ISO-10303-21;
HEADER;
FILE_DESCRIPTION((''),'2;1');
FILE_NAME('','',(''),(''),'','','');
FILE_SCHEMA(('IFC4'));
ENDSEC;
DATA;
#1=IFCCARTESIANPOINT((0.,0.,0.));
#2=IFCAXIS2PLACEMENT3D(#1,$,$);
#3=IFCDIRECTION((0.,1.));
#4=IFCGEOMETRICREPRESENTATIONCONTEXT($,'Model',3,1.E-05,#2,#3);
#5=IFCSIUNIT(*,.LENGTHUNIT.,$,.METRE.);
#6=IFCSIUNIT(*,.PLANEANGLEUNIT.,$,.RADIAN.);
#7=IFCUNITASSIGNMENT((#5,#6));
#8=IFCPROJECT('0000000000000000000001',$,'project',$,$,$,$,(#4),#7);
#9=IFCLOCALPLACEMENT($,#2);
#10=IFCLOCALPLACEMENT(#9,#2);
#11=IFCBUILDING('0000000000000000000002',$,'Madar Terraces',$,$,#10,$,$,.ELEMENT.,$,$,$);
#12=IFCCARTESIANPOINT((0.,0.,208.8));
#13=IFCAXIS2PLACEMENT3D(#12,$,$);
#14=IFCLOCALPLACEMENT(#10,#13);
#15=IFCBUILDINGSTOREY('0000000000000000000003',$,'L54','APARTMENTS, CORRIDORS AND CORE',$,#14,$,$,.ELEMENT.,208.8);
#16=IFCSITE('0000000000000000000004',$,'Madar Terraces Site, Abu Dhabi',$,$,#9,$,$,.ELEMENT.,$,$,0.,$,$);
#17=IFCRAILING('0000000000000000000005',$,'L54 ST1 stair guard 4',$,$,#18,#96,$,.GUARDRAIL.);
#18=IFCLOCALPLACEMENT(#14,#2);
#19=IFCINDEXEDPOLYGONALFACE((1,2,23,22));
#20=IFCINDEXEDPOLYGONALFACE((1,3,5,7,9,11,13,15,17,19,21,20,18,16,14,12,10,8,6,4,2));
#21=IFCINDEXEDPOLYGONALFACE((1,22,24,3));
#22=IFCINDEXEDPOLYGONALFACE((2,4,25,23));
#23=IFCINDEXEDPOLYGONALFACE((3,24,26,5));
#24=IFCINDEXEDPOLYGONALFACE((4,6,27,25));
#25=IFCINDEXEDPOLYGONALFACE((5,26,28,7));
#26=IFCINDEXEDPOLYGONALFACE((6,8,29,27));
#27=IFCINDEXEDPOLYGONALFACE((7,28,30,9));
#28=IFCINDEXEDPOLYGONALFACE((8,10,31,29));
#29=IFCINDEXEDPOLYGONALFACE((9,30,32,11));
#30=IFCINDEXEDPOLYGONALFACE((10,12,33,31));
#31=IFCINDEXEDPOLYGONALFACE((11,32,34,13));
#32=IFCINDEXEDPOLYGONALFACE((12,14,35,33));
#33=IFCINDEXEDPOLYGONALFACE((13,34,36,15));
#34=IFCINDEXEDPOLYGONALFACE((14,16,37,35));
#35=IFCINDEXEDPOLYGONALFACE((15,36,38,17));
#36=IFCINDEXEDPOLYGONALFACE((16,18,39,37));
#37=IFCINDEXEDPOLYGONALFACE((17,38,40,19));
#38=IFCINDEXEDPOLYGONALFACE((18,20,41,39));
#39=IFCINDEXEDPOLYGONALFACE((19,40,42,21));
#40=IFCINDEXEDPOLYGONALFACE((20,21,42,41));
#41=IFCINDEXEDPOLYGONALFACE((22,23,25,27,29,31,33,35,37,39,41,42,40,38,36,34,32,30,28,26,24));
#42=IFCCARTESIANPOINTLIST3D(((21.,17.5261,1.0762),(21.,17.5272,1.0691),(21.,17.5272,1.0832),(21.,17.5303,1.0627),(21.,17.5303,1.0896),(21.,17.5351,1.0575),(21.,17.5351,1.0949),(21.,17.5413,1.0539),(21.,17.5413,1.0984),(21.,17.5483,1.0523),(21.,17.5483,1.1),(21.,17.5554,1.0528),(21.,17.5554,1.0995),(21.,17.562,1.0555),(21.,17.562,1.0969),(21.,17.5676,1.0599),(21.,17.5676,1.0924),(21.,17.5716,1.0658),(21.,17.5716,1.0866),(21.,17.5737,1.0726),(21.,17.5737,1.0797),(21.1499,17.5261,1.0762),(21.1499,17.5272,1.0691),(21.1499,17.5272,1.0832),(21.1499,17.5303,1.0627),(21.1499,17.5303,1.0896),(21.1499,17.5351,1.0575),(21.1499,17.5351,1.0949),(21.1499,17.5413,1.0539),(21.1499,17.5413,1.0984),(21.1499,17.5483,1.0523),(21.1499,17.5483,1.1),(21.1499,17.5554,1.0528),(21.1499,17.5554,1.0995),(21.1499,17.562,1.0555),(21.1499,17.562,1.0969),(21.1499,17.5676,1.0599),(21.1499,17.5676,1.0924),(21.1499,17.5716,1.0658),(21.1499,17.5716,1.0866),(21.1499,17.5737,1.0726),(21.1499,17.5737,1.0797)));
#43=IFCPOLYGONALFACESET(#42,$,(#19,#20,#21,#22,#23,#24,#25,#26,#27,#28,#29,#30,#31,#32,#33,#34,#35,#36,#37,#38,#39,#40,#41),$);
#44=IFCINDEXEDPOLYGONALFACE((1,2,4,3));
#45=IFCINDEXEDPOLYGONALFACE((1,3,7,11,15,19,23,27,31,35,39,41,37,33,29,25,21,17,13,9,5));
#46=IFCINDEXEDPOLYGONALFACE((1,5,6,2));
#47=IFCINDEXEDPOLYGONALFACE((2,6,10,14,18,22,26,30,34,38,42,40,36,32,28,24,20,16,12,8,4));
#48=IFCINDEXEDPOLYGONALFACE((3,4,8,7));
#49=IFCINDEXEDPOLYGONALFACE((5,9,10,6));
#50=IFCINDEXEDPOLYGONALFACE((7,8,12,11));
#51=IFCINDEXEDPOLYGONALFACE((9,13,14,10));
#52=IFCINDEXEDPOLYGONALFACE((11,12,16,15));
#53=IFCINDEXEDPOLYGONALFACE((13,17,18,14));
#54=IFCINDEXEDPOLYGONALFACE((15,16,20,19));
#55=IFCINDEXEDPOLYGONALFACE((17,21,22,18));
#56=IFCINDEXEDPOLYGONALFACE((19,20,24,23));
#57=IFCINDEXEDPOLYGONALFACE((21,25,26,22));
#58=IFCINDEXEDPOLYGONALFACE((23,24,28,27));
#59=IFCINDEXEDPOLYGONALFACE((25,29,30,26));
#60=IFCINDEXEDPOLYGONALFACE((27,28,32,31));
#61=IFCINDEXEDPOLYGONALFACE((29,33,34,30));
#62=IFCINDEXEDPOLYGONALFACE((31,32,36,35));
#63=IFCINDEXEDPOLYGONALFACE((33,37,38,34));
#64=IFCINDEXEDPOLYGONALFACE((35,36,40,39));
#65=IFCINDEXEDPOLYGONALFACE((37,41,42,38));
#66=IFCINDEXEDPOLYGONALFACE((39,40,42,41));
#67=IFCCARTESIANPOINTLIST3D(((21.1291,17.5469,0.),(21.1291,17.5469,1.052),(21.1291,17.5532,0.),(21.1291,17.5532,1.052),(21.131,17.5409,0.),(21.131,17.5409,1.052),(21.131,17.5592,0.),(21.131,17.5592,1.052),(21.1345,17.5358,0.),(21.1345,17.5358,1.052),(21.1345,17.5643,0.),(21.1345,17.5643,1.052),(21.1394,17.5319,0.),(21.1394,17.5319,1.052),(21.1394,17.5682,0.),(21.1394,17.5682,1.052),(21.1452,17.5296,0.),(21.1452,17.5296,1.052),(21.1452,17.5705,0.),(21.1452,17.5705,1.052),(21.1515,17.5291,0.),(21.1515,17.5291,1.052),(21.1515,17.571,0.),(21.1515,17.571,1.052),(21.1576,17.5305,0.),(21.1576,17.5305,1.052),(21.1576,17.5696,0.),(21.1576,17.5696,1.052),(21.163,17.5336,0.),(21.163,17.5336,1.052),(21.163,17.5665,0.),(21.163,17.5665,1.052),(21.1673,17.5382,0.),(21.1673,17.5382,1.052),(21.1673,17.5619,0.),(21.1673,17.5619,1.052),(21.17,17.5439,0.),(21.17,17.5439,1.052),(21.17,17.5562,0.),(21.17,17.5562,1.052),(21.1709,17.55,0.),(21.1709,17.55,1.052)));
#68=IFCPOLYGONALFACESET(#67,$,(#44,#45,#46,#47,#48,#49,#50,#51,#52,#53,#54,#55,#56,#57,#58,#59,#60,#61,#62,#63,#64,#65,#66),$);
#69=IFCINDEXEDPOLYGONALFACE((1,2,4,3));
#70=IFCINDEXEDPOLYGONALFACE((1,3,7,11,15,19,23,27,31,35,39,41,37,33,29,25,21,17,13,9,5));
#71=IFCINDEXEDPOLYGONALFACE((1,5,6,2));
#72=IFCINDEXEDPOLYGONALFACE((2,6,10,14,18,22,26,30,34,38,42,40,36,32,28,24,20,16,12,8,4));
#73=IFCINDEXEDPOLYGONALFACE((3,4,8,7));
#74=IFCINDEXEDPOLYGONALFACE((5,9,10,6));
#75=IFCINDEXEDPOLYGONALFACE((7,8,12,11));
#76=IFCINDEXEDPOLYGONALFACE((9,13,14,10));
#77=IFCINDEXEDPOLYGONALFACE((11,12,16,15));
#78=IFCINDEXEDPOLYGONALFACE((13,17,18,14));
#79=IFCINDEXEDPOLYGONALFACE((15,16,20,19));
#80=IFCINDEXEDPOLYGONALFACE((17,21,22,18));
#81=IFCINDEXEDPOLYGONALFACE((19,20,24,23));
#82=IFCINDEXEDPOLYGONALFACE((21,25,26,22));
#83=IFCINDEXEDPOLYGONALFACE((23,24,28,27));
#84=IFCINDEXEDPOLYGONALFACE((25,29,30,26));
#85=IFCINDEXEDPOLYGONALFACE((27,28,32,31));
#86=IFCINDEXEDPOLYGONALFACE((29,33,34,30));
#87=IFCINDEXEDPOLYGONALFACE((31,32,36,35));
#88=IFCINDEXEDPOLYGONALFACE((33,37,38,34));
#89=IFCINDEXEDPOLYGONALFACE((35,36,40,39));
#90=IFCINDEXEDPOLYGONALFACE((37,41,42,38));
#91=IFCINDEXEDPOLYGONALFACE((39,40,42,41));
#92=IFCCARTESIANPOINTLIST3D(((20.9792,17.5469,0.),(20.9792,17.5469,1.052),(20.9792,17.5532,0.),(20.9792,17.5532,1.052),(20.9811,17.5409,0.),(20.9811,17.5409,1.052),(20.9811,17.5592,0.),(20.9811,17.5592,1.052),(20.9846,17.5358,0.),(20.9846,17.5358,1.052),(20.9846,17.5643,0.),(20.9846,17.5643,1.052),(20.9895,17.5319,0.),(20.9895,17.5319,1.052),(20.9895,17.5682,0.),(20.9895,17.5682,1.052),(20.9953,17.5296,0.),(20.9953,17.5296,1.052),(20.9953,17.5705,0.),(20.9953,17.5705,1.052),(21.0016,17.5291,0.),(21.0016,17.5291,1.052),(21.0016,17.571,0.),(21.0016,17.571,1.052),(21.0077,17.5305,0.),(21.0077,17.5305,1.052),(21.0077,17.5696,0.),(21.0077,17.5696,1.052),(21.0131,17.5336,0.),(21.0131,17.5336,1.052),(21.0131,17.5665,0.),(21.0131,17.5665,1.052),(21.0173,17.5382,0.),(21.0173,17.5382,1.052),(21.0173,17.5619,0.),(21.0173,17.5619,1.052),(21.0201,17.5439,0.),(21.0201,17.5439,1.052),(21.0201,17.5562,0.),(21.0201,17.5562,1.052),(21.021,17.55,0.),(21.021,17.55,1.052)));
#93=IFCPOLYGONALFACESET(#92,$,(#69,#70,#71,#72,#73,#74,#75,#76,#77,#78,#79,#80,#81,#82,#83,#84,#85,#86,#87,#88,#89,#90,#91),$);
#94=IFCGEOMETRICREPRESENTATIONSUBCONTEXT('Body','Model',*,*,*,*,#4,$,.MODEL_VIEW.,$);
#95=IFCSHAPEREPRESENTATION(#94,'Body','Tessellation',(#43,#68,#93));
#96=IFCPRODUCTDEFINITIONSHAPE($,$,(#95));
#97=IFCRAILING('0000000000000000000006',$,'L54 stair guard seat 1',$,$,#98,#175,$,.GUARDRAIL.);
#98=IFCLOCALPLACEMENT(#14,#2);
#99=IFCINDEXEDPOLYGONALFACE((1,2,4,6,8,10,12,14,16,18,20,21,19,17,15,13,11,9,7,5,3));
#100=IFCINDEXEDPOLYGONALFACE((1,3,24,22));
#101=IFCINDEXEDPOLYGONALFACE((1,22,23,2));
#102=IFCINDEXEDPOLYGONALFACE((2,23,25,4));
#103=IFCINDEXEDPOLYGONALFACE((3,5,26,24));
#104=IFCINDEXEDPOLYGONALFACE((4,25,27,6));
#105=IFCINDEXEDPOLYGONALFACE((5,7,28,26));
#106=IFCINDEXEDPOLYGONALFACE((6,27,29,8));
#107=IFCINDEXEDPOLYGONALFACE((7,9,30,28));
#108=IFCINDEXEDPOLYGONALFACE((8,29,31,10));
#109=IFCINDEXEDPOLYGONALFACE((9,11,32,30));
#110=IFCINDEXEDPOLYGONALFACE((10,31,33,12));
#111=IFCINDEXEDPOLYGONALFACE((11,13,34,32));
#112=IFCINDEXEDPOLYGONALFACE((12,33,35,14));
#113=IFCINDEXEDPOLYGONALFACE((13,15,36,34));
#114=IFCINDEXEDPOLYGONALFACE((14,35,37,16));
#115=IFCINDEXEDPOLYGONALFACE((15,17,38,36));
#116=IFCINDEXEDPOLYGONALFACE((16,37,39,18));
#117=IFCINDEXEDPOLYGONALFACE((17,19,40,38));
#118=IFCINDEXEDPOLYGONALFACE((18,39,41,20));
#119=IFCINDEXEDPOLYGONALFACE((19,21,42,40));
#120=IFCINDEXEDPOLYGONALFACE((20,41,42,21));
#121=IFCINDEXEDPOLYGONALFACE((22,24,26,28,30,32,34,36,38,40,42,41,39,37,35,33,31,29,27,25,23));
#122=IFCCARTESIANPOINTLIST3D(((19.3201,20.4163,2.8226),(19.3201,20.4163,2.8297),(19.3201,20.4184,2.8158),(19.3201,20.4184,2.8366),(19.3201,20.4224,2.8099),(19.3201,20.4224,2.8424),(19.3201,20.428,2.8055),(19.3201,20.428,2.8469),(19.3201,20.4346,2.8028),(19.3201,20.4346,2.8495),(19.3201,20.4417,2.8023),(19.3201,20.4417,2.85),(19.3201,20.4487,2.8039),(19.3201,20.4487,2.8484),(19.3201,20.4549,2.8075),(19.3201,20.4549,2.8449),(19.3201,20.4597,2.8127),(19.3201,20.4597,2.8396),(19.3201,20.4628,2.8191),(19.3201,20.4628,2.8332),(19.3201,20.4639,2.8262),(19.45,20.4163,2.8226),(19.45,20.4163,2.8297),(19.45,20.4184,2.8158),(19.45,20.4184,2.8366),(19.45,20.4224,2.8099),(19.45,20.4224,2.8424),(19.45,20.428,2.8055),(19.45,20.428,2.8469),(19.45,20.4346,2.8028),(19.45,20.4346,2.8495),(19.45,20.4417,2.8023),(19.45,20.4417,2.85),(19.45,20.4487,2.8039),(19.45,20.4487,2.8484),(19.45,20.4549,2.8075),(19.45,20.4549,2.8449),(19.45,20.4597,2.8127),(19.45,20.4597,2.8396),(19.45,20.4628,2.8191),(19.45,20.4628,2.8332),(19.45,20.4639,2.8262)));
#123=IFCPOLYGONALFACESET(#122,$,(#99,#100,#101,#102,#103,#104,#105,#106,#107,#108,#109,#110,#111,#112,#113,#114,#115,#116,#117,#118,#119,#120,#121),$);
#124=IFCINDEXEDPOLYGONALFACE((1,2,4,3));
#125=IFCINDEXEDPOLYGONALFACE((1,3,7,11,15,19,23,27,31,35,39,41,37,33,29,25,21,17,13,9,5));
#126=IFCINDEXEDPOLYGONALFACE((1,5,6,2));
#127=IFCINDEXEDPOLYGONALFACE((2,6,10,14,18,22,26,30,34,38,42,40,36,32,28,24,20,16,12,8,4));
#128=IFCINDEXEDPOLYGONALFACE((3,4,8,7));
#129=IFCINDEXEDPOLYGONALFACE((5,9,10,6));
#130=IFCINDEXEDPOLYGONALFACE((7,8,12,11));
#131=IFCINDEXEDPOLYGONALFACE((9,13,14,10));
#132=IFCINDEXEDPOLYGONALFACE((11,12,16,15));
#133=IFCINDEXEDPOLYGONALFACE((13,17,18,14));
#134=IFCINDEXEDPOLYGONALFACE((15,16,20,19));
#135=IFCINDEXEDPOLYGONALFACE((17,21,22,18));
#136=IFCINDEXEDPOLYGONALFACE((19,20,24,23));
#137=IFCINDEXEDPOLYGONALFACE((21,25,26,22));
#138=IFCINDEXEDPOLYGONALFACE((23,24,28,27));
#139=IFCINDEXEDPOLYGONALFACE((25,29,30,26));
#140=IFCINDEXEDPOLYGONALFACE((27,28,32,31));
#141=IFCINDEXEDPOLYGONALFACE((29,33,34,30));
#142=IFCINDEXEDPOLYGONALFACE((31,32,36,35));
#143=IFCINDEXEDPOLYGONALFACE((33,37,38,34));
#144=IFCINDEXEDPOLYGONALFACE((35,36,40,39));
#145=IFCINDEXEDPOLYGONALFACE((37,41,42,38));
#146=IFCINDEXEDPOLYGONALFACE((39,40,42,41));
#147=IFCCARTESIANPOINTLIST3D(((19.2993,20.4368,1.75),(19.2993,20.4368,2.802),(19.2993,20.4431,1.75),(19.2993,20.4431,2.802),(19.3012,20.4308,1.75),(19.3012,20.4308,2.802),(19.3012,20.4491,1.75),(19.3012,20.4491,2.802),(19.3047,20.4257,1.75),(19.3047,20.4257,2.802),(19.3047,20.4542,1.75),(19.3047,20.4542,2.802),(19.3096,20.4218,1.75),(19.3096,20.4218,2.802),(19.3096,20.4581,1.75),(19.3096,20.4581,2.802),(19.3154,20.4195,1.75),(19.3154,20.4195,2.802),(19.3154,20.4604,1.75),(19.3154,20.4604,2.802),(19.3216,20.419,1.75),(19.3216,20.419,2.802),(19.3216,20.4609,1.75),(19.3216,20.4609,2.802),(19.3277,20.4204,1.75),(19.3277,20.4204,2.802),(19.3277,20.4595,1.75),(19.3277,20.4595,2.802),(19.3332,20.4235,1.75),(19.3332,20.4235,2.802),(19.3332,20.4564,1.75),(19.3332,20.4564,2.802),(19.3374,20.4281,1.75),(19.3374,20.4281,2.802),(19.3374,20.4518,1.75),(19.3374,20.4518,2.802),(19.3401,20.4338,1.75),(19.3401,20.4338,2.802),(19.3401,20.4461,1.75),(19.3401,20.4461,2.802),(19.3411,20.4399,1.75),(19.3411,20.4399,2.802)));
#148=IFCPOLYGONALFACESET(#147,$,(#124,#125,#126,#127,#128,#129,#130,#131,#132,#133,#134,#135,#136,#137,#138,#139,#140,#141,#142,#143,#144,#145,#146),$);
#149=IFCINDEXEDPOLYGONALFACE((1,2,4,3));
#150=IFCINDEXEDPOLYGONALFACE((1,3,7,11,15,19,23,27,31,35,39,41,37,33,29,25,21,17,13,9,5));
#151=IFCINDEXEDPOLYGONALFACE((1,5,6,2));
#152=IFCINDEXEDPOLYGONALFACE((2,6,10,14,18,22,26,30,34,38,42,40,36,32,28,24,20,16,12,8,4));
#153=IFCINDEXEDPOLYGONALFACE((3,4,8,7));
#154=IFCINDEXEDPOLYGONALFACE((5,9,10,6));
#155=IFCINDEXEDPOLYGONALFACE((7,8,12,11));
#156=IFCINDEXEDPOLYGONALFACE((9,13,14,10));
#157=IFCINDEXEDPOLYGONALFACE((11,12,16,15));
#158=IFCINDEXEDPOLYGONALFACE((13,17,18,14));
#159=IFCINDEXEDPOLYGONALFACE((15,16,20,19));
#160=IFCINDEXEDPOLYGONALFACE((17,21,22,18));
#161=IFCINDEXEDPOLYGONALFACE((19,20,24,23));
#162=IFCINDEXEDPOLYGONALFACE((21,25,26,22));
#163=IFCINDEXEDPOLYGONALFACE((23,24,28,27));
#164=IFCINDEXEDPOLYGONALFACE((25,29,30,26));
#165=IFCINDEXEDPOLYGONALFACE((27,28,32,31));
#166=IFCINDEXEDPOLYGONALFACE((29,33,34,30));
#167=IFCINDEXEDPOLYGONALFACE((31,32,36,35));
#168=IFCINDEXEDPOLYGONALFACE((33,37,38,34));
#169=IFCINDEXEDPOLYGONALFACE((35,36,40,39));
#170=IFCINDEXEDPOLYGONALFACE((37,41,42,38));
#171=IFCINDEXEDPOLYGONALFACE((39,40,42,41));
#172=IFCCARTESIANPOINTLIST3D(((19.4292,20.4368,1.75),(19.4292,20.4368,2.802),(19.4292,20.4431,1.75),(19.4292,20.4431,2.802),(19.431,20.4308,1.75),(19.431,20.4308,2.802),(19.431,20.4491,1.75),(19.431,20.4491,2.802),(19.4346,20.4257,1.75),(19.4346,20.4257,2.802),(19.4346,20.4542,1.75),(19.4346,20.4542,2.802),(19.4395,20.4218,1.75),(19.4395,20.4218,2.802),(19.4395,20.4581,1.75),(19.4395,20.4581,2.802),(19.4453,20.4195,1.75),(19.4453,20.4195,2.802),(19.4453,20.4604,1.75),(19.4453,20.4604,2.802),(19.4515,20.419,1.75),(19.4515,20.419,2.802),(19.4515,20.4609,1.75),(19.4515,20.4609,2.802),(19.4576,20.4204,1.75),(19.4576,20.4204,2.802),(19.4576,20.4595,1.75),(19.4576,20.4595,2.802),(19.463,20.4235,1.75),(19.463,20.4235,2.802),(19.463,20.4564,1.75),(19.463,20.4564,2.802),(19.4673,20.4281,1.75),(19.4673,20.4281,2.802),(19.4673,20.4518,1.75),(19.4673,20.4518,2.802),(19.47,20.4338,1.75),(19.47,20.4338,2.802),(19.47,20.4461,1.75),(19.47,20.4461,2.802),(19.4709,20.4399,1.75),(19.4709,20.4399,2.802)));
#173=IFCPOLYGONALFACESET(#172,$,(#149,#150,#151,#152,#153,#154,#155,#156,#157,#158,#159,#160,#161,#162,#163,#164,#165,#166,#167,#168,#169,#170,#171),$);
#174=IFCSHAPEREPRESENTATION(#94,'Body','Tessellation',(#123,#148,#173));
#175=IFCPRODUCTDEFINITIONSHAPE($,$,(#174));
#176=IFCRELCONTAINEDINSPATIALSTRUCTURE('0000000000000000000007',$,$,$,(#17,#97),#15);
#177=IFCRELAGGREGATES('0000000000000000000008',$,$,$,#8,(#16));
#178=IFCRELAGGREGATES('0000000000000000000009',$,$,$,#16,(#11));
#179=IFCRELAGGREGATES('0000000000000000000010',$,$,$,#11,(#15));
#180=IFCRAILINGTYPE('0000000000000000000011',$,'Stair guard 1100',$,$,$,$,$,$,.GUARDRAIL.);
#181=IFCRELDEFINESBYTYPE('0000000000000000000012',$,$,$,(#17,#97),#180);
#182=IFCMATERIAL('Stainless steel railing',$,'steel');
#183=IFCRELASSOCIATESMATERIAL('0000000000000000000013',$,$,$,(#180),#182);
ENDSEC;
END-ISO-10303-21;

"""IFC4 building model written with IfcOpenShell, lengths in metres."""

from ifc_helpers import new_model, si_unit, direction, frame, origin, origin_2d, place, context, subcontext, project, spatial, circle, extrude, material, type_object, element, save


model = new_model("IFC4")

# Units and contexts
model_context = context("Model", 3, precision=1e-05, world=origin(), true_north=direction((0.0, 1.0)))
body_context = subcontext(model_context, "Body", "Model", "MODEL_VIEW")
ifc_project = project(units=[si_unit("LENGTHUNIT", "METRE"), si_unit("PLANEANGLEUNIT", "RADIAN")], contexts=[model_context])

# Site, building, storey
site_placement = place(None, origin())
site = spatial("IfcSite", under=ifc_project, at=site_placement, Name="Madar Terraces Site, Abu Dhabi", CompositionType="ELEMENT", RefElevation=0.0)
building_placement = place(site_placement, origin())
building = spatial("IfcBuilding", under=site, at=building_placement, Name="Madar Terraces", CompositionType="ELEMENT")
storey_placement = place(building_placement, frame((0.0, 0.0, 208.8)))
storey = spatial("IfcBuildingStorey", under=building, at=storey_placement, Name="L54", Description="APARTMENTS, CORRIDORS AND CORE", CompositionType="ELEMENT", Elevation=208.8)

# Railings
ifc_material_1 = material(Name="Stainless steel railing", Category="steel")
railing_type_1 = type_object("IfcRailingType", Name="Stair guard 1100", PredefinedType="GUARDRAIL", material=ifc_material_1)
railing_1_placement = place(storey_placement, frame((21.1499, 17.55, 0.0)))
element("IfcRailing", 1, at=railing_1_placement, inside=storey, type_object=railing_type_1, Name="L54 ST1 stair guard 4", PredefinedType="GUARDRAIL", context=body_context, shape_type="SweptSolid", body=[
    extrude(circle(Radius=0.0239, at=origin_2d()), frame((0.0, 0.0, 1.0762), z_axis=(-1.0, 0.0, 0.0), x_axis=(0.0, -1.0, 0.0)), (0.0, 0.0, 1.0), 0.1499),
    extrude(circle(Radius=0.021, at=origin_2d()), origin(), (0.0, 0.0, 1.0), 1.052),
    extrude(circle(Radius=0.021, at=origin_2d()), frame((-0.1499, 0.0, 0.0)), (0.0, 0.0, 1.0), 1.052),
])
railing_2_placement = place(storey_placement, frame((19.3201, 20.4399, 1.75)))
element("IfcRailing", 2, at=railing_2_placement, inside=storey, type_object=railing_type_1, Name="L54 stair guard seat 1", PredefinedType="GUARDRAIL", context=body_context, shape_type="SweptSolid", body=[
    extrude(circle(Radius=0.0239, at=origin_2d()), frame((0.0, 0.0, 1.0762), z_axis=(1.0, 0.0, 0.0), x_axis=(0.0, 1.0, 0.0)), (0.0, 0.0, 1.0), 0.1299),
    extrude(circle(Radius=0.021, at=origin_2d()), origin(), (0.0, 0.0, 1.0), 1.052),
    extrude(circle(Radius=0.021, at=origin_2d()), frame((0.1299, 0.0, 0.0)), (0.0, 0.0, 1.0), 1.052),
])

save(model, "model.ifc")
